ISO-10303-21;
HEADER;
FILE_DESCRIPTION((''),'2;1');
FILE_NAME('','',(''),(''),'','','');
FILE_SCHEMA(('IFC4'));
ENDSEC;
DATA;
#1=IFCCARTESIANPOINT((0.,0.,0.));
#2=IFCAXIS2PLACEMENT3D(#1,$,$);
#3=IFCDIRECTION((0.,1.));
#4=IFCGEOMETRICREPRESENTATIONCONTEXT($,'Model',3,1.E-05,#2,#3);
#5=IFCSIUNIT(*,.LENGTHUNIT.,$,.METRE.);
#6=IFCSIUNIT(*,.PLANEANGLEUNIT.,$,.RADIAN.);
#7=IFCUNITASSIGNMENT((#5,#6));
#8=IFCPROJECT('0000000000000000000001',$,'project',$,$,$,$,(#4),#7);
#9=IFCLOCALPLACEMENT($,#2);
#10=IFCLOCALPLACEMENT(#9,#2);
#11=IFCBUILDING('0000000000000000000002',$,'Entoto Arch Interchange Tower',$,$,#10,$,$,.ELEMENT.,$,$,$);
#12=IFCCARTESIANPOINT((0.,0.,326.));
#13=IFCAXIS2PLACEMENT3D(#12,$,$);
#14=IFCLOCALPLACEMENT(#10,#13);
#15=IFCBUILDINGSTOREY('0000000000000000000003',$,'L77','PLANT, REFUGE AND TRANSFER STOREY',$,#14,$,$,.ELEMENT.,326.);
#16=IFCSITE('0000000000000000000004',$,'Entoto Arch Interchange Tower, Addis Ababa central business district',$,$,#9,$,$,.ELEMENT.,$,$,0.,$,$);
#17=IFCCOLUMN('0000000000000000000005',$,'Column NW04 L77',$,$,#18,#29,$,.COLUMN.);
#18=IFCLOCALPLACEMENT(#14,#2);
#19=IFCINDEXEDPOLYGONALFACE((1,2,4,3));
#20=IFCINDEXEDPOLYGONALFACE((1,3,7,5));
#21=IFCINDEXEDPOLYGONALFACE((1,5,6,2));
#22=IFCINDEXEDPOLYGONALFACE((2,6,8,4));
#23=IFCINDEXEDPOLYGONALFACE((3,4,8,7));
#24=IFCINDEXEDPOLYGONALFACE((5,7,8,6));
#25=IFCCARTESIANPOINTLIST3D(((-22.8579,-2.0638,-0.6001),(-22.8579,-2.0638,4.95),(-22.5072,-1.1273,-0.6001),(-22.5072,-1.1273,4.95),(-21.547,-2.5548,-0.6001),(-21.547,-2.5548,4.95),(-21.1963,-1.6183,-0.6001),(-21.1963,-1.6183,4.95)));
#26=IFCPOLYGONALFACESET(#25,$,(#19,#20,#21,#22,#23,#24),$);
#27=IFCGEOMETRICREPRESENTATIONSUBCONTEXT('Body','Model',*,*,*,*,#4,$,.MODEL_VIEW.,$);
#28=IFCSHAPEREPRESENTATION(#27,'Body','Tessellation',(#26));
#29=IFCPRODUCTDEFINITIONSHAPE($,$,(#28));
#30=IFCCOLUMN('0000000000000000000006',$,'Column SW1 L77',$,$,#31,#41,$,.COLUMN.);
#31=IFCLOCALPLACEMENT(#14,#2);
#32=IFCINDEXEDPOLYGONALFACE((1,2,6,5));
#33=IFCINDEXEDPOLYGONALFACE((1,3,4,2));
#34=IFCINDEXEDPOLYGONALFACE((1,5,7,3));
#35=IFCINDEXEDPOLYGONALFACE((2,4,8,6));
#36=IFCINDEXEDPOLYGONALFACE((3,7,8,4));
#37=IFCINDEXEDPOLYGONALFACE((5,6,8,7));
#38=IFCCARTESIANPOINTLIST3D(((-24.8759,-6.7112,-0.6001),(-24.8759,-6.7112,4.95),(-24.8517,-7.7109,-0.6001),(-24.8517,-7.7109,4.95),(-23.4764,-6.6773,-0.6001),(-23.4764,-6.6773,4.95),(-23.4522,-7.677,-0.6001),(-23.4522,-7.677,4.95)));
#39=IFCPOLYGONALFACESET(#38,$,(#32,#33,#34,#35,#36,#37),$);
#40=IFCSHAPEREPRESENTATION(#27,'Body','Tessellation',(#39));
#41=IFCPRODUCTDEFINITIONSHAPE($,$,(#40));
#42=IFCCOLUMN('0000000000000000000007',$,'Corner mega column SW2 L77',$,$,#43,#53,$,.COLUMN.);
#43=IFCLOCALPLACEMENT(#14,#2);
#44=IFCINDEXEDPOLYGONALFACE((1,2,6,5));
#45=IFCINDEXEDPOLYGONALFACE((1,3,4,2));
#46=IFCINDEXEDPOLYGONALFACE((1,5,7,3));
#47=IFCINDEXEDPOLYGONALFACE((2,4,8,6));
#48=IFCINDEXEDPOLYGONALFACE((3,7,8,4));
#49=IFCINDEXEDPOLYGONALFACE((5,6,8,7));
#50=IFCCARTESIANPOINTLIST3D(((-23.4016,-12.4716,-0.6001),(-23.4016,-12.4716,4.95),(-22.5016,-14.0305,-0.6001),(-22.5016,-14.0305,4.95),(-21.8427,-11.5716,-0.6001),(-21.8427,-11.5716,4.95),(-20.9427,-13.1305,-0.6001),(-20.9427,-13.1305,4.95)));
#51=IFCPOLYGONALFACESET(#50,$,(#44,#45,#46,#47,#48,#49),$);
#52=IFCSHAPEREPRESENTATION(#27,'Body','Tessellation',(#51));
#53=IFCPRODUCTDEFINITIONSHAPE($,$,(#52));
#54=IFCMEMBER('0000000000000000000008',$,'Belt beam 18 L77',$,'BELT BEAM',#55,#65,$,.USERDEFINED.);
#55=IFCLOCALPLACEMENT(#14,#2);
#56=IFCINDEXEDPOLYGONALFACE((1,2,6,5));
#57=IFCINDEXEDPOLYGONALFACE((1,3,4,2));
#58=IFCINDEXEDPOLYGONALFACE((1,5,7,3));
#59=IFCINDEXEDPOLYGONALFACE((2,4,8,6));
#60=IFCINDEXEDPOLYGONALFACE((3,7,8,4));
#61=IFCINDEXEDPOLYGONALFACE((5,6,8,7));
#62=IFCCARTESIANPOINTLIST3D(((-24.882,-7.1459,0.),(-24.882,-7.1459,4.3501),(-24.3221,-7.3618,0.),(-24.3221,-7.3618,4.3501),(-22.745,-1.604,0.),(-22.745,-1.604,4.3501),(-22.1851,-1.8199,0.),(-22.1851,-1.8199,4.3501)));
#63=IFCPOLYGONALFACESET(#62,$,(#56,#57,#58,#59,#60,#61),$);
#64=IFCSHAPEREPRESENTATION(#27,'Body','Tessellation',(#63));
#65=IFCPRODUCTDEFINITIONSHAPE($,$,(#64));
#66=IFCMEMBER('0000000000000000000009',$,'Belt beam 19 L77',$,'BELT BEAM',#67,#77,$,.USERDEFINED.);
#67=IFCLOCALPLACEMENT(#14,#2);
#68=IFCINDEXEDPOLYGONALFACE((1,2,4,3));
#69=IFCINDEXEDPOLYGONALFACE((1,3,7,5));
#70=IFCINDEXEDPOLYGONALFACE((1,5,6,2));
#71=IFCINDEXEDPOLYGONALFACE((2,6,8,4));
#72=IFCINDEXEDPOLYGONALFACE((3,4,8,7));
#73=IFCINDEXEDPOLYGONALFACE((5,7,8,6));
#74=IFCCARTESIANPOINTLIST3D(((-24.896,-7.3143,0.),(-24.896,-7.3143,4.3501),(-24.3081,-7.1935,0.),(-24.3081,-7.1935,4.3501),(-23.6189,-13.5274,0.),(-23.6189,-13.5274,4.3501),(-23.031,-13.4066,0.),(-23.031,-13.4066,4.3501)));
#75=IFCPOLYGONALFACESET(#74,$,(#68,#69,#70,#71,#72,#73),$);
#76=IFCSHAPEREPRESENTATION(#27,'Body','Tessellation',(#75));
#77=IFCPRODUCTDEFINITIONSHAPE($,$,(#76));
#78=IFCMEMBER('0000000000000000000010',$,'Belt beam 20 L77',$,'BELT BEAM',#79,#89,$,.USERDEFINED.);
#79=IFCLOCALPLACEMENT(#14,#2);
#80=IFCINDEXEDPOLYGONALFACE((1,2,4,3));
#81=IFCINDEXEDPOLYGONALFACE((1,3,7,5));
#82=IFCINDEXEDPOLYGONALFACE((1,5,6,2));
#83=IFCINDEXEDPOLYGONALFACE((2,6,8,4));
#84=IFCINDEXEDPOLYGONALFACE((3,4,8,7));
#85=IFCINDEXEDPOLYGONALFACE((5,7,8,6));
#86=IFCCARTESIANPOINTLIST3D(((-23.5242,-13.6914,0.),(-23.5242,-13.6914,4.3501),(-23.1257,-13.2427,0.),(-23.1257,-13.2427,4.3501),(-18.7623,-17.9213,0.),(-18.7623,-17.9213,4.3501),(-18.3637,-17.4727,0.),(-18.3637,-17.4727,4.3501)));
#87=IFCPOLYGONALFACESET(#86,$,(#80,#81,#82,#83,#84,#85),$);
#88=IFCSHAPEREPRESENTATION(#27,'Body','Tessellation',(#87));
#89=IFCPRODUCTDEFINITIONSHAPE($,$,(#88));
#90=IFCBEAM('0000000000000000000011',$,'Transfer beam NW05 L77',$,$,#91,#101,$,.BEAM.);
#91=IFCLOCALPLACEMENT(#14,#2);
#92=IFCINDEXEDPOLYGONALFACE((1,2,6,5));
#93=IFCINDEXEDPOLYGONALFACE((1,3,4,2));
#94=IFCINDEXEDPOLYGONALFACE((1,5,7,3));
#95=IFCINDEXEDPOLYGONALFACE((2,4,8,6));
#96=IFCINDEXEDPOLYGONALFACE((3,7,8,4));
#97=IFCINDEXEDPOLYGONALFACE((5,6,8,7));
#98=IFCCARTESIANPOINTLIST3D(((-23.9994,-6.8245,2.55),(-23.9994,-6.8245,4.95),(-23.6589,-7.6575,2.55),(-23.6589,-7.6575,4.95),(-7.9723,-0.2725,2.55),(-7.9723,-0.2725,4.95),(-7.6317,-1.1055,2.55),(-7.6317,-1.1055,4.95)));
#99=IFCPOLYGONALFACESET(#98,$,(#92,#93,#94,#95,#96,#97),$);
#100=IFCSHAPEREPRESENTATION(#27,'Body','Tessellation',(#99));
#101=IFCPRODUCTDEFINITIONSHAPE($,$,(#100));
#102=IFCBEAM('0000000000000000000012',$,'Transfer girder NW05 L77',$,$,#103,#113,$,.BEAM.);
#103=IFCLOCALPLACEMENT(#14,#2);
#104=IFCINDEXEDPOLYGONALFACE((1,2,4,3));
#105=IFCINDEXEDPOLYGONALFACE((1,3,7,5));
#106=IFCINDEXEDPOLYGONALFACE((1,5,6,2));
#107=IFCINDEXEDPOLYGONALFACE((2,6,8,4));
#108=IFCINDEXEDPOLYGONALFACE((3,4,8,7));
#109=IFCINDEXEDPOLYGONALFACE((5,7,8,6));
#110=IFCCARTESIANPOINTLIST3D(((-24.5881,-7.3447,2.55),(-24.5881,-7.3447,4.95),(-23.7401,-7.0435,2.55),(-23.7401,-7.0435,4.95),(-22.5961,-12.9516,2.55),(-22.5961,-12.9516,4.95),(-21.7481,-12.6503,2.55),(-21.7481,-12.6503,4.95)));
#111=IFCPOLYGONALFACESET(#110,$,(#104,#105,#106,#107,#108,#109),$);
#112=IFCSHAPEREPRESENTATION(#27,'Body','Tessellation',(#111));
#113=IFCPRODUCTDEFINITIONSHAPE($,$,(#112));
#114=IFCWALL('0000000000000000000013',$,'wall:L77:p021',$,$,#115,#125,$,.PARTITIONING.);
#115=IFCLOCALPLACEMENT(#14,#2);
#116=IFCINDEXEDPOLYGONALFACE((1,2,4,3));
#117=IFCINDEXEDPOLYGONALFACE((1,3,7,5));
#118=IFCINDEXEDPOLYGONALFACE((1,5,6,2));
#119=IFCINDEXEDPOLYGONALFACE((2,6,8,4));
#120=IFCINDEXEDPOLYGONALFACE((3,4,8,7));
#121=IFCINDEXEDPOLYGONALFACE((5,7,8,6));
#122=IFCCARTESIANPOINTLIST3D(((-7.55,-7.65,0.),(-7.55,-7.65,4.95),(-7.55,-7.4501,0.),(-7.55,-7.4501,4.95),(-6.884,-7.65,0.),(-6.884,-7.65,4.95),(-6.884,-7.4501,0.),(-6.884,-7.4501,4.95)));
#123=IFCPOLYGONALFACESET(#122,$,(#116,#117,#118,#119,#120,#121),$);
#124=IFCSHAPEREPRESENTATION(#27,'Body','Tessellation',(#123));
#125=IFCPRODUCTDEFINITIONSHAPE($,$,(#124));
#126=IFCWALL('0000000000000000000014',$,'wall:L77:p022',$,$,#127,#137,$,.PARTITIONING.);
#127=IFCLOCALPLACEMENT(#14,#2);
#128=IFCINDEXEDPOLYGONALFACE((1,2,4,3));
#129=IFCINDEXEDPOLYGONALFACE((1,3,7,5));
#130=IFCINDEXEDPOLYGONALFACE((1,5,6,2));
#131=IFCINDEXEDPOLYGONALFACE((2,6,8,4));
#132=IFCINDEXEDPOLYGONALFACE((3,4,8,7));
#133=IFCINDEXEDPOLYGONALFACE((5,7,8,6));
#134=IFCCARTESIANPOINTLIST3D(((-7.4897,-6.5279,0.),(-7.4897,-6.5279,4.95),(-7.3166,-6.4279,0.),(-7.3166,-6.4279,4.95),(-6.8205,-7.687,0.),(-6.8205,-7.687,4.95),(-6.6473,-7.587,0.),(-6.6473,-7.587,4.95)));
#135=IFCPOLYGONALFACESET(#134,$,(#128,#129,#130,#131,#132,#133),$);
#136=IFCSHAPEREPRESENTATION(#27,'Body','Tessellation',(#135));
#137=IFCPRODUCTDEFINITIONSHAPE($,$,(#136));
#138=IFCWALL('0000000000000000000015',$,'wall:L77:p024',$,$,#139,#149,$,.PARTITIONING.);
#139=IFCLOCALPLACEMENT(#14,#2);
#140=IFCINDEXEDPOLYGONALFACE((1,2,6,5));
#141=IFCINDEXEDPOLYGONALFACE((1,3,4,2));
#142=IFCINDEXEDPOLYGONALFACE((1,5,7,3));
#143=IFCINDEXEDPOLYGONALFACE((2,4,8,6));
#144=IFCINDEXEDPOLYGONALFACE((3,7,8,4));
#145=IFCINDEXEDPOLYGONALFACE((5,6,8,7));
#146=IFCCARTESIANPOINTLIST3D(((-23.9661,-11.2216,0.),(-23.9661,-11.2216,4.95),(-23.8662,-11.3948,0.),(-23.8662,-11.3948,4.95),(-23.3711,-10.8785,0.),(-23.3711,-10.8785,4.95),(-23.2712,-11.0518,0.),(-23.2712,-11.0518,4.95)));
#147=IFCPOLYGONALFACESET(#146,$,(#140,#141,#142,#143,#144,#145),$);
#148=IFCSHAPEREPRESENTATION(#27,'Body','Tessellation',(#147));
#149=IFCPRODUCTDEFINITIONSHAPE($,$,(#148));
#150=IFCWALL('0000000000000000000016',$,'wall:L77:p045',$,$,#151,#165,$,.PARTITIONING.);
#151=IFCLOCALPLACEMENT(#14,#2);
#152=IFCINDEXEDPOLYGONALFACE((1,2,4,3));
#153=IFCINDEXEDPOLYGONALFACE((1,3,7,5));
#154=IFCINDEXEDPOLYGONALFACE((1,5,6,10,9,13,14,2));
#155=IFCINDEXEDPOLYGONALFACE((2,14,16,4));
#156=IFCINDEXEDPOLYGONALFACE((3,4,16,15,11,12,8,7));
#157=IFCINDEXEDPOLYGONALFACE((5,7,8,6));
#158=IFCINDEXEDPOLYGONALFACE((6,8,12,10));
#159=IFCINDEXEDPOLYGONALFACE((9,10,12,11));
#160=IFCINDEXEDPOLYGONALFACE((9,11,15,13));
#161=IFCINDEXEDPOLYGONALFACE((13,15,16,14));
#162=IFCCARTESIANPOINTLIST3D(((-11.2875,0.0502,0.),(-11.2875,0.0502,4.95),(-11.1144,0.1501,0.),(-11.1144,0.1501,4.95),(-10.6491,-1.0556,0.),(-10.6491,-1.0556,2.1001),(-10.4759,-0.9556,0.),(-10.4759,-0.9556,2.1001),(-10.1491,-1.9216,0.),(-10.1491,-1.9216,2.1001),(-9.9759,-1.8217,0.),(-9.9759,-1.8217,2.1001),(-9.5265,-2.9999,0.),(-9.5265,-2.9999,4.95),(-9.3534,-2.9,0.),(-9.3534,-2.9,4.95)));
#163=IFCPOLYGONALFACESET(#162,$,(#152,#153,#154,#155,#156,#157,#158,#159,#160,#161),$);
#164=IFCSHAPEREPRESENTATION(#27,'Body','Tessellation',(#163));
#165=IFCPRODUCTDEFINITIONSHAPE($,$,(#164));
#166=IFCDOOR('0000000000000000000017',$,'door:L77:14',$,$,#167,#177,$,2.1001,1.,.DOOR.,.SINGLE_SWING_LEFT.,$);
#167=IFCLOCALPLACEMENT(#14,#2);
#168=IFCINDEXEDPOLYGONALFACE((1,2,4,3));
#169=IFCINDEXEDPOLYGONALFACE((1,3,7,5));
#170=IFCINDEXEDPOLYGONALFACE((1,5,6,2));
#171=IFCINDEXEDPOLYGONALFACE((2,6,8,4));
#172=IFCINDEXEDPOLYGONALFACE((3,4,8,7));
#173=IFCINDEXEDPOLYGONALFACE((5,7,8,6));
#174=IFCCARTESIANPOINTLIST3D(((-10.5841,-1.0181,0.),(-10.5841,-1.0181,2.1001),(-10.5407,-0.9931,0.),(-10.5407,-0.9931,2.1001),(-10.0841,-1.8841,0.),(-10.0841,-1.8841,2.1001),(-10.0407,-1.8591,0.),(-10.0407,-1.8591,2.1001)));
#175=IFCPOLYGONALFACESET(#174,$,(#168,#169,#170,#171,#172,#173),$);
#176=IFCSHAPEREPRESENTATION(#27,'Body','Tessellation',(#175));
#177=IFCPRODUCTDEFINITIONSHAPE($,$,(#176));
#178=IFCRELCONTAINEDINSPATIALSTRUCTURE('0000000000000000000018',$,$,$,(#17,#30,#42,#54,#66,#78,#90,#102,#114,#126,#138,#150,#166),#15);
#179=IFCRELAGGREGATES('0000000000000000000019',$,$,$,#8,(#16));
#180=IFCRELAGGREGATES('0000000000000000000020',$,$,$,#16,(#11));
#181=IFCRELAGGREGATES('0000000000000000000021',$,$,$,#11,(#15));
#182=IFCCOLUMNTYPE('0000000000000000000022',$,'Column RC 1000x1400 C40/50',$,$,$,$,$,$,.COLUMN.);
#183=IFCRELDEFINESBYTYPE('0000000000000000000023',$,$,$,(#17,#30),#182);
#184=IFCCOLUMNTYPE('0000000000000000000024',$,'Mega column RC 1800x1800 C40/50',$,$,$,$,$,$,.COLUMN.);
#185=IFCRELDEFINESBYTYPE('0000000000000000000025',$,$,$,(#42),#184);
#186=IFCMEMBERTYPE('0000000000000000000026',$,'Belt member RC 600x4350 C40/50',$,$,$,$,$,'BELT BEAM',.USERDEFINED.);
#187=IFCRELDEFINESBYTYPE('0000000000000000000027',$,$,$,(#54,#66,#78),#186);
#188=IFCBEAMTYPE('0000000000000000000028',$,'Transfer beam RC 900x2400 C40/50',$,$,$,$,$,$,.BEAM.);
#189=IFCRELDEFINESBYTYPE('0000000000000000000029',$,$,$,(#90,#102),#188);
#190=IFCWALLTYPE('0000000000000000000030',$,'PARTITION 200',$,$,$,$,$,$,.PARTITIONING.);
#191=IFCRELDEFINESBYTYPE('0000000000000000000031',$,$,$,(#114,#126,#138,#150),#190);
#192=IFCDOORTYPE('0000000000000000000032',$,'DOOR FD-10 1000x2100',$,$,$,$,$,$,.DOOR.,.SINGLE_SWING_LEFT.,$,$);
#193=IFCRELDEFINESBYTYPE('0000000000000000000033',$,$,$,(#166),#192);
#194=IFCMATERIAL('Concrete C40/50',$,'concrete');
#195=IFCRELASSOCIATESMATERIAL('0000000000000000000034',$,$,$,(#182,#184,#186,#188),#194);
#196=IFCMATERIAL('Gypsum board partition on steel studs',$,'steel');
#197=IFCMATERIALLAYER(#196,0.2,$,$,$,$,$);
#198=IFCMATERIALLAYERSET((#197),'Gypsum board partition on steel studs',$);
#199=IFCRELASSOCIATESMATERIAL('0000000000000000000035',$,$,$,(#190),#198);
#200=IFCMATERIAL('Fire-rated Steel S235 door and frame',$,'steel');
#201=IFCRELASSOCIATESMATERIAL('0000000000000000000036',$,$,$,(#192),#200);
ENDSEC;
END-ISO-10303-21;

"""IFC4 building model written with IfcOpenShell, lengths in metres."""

from ifc_helpers import new_model, si_unit, direction, frame, frame_2d, origin, origin_2d, place, context, subcontext, project, spatial, rectangle, extrude, material, layer, layer_set, material_profile, profile_set, type_object, element, fill, save


model = new_model("IFC4")

# Units and contexts
model_context = context("Model", 3, precision=1e-05, world=origin(), true_north=direction((0.0, 1.0)))
body_context = subcontext(model_context, "Body", "Model", "MODEL_VIEW")
ifc_project = project(units=[si_unit("LENGTHUNIT", "METRE"), si_unit("PLANEANGLEUNIT", "RADIAN")], contexts=[model_context])

# Site, building, storey
site_placement = place(None, origin())
site = spatial("IfcSite", under=ifc_project, at=site_placement, Name="Entoto Arch Interchange Tower, Addis Ababa central business district", CompositionType="ELEMENT", RefElevation=0.0)
building_placement = place(site_placement, origin())
building = spatial("IfcBuilding", under=site, at=building_placement, Name="Entoto Arch Interchange Tower", CompositionType="ELEMENT")
storey_placement = place(building_placement, frame((0.0, 0.0, 326.0)))
storey = spatial("IfcBuildingStorey", under=building, at=storey_placement, Name="L77", Description="PLANT, REFUGE AND TRANSFER STOREY", CompositionType="ELEMENT", Elevation=326.0)

# Columns
ifc_material_1 = material(Name="Concrete C40/50", Category="concrete")
ifc_material_profile_1 = material_profile(ifc_material_1, rectangle(XDim=1.0, YDim=1.3999, at=origin_2d()))
ifc_profile_set_1 = profile_set([ifc_material_profile_1], Name="Concrete C40/50")
column_type_1 = type_object("IfcColumnType", Name="Column RC 1000x1400 C40/50", PredefinedType="COLUMN", material=ifc_profile_set_1)
for number, where, z_axis, x_axis, name in (
    (1, (-22.0271, -1.8411, -0.6001), (0.0, 0.0, 1.0), (0.350714, 0.936483, 0.0), "Column NW04 L77"),
    (2, (-24.1641, -7.1941, -0.6001), (0.0, 0.0, 1.0), (-0.024258, 0.999706, 0.0), "Column SW1 L77"),
):
    element("IfcColumn", number, at=place(storey_placement, frame(where, z_axis=z_axis, x_axis=x_axis)), inside=storey, type_object=column_type_1, Name=name, PredefinedType="COLUMN", context=body_context, shape_type="SweptSolid", body=[
        extrude(rectangle(XDim=1.0, YDim=1.3999, at=origin_2d()), origin(), (0.0, 0.0, 1.0), 5.55),
    ])
ifc_material_profile_2 = material_profile(ifc_material_1, rectangle(XDim=1.8, YDim=1.8, at=origin_2d()))
ifc_profile_set_2 = profile_set([ifc_material_profile_2], Name="Concrete C40/50")
column_type_2 = type_object("IfcColumnType", Name="Mega column RC 1800x1800 C40/50", PredefinedType="COLUMN", material=ifc_profile_set_2)
column_placement = place(storey_placement, frame((-22.1721, -12.801, -0.6001), z_axis=(0.0, 0.0, 1.0), x_axis=(0.866025, 0.5, 0.0)))
element("IfcColumn", 3, at=column_placement, inside=storey, type_object=column_type_2, Name="Corner mega column SW2 L77", PredefinedType="COLUMN", context=body_context, shape_type="SweptSolid", body=[
    extrude(rectangle(XDim=1.8, YDim=1.8, at=origin_2d()), origin(), (0.0, 0.0, 1.0), 5.55),
])

# Members
ifc_material_profile_3 = material_profile(ifc_material_1, rectangle(XDim=0.6001, YDim=4.3501, at=origin_2d()))
ifc_profile_set_3 = profile_set([ifc_material_profile_3], Name="Concrete C40/50")
member_type = type_object("IfcMemberType", Name="Belt member RC 600x4350 C40/50", ElementType="BELT BEAM", PredefinedType="USERDEFINED", material=ifc_profile_set_3)
member_1_placement = place(storey_placement, frame((-22.4651, -1.7119, 2.175), z_axis=(-0.359775, -0.933039, 0.0), x_axis=(0.933039, -0.359775, 0.0)))
element("IfcMember", 4, at=member_1_placement, inside=storey, type_object=member_type, Name="Belt beam 18 L77", ObjectType="BELT BEAM", PredefinedType="USERDEFINED", context=body_context, shape_type="SweptSolid", body=[
    extrude(rectangle(XDim=0.6001, YDim=4.3501, at=origin_2d()), origin(), (0.0, 0.0, 1.0), 5.9397),
])
member_2_placement = place(storey_placement, frame((-24.6021, -7.2539, 2.175), z_axis=(0.201339, -0.979522, 0.0), x_axis=(0.979522, 0.201339, 0.0)))
element("IfcMember", 5, at=member_2_placement, inside=storey, type_object=member_type, Name="Belt beam 19 L77", ObjectType="BELT BEAM", PredefinedType="USERDEFINED", context=body_context, shape_type="SweptSolid", body=[
    extrude(rectangle(XDim=0.6001, YDim=4.3501, at=origin_2d()), origin(), (0.0, 0.0, 1.0), 6.343),
])
member_3_placement = place(storey_placement, frame((-23.325, -13.467, 2.175), z_axis=(0.747633, -0.664112, 0.0), x_axis=(0.664112, 0.747633, 0.0)))
element("IfcMember", 6, at=member_3_placement, inside=storey, type_object=member_type, Name="Belt beam 20 L77", ObjectType="BELT BEAM", PredefinedType="USERDEFINED", context=body_context, shape_type="SweptSolid", body=[
    extrude(rectangle(XDim=0.6001, YDim=4.3501, at=origin_2d()), origin(), (0.0, 0.0, 1.0), 6.3694),
])

# Beams
ifc_material_profile_4 = material_profile(ifc_material_1, rectangle(XDim=0.8999, YDim=2.3999, at=origin_2d()))
ifc_profile_set_4 = profile_set([ifc_material_profile_4], Name="Concrete C40/50")
beam_type = type_object("IfcBeamType", Name="Transfer beam RC 900x2400 C40/50", PredefinedType="BEAM", material=ifc_profile_set_4)
beam_1_placement = place(storey_placement, frame((-7.802, -0.689, 3.75), z_axis=(-0.925639, -0.378408, 0.0), x_axis=(0.378408, -0.925639, 0.0)))
element("IfcBeam", 7, at=beam_1_placement, inside=storey, type_object=beam_type, Name="Transfer beam NW05 L77", PredefinedType="BEAM", context=body_context, shape_type="SweptSolid", body=[
    extrude(rectangle(XDim=0.8999, YDim=2.3999, at=origin_2d()), origin(), (0.0, 0.0, 1.0), 17.3147),
])
beam_2_placement = place(storey_placement, frame((-24.1641, -7.1941, 3.75), z_axis=(0.334766, -0.942301, 0.0), x_axis=(0.942301, 0.334766, 0.0)))
element("IfcBeam", 8, at=beam_2_placement, inside=storey, type_object=beam_type, Name="Transfer girder NW05 L77", PredefinedType="BEAM", context=body_context, shape_type="SweptSolid", body=[
    extrude(rectangle(XDim=0.8999, YDim=2.3999, at=origin_2d()), origin(), (0.0, 0.0, 1.0), 5.9502),
])

# Walls
ifc_material_2 = material(Name="Gypsum board partition on steel studs", Category="steel")
ifc_layer_1 = layer(ifc_material_2, 0.2)
ifc_layer_set_1 = layer_set([ifc_layer_1], Name="Gypsum board partition on steel studs")
wall_type_1 = type_object("IfcWallType", Name="PARTITION 200", PredefinedType="PARTITIONING", material=ifc_layer_set_1)
wall_1_placement = place(storey_placement, frame((-7.55, -7.55, 0.0), z_axis=(0.0, 0.0, 1.0), x_axis=(1.0, 0.0, 0.0)))
element("IfcWall", 9, at=wall_1_placement, inside=storey, type_object=wall_type_1, Name="wall:L77:p021", PredefinedType="PARTITIONING", context=body_context, shape_type="SweptSolid", body=[
    extrude(rectangle(XDim=0.666, YDim=0.2, at=frame_2d((0.333, 0.0))), origin(), (0.0, 0.0, 1.0), 4.95),
])
wall_2_placement = place(storey_placement, frame((-6.7339, -7.637, 0.0), z_axis=(0.0, 0.0, 1.0), x_axis=(-0.500044, 0.866, 0.0)))
element("IfcWall", 10, at=wall_2_placement, inside=storey, type_object=wall_type_1, Name="wall:L77:p022", PredefinedType="PARTITIONING", context=body_context, shape_type="SweptSolid", body=[
    extrude(rectangle(XDim=1.3384, YDim=0.2, at=frame_2d((0.6692, 0.0))), origin(), (0.0, 0.0, 1.0), 4.95),
])
wall_3_placement = place(storey_placement, frame((-23.916, -11.3081, 0.0), z_axis=(0.0, 0.0, 1.0), x_axis=(0.866334, 0.499466, 0.0)))
element("IfcWall", 11, at=wall_3_placement, inside=storey, type_object=wall_type_1, Name="wall:L77:p024", PredefinedType="PARTITIONING", context=body_context, shape_type="SweptSolid", body=[
    extrude(rectangle(XDim=0.6868, YDim=0.2, at=frame_2d((0.3433, 0.0))), origin(), (0.0, 0.0, 1.0), 4.95),
])

# Wall, opening, door
wall_4_placement = place(storey_placement, frame((-9.4399, -2.95, 0.0), z_axis=(0.0, 0.0, 1.0), x_axis=(-0.500008, 0.866021, 0.0)))
wall_4 = element("IfcWall", 12, at=wall_4_placement, inside=storey, type_object=wall_type_1, Name="wall:L77:p045", PredefinedType="PARTITIONING", context=body_context, shape_type="SweptSolid", body=[
    extrude(rectangle(XDim=3.522, YDim=0.2, at=frame_2d((1.761, 0.0))), origin(), (0.0, 0.0, 1.0), 4.95),
])
opening_placement = place(wall_4_placement, frame((1.2451, 0.0, 0.0)))
opening = element("IfcOpeningElement", 13, at=opening_placement, cuts=wall_4, PredefinedType="OPENING", context=body_context, shape_type="SweptSolid", body=[
    extrude(rectangle(XDim=1.0, YDim=2.1001, at=frame_2d((0.5, 1.05))), frame((0.0, 0.1099, 0.0), z_axis=(0.0, -1.0, 0.0), x_axis=(1.0, 0.0, 0.0)), (0.0, 0.0, 1.0), 0.22),
])
ifc_material_3 = material(Name="Fire-rated Steel S235 door and frame", Category="steel")
door_type = type_object("IfcDoorType", Name="DOOR FD-10 1000x2100", OperationType="SINGLE_SWING_LEFT", PredefinedType="DOOR", material=ifc_material_3)
door_placement = place(opening_placement, origin())
door = element("IfcDoor", 14, at=door_placement, inside=storey, type_object=door_type, Name="door:L77:14", OperationType="SINGLE_SWING_LEFT", OverallHeight=2.1001, OverallWidth=1.0, PredefinedType="DOOR", context=body_context, shape_type="SweptSolid", body=[
    extrude(rectangle(XDim=1.0, YDim=2.1001, at=frame_2d((0.5, 1.05))), frame((0.0, 0.0249, 0.0), z_axis=(0.0, -1.0, 0.0), x_axis=(1.0, 0.0, 0.0)), (0.0, 0.0, 1.0), 0.05),
])
fill(opening, door)

save(model, "model.ifc")
